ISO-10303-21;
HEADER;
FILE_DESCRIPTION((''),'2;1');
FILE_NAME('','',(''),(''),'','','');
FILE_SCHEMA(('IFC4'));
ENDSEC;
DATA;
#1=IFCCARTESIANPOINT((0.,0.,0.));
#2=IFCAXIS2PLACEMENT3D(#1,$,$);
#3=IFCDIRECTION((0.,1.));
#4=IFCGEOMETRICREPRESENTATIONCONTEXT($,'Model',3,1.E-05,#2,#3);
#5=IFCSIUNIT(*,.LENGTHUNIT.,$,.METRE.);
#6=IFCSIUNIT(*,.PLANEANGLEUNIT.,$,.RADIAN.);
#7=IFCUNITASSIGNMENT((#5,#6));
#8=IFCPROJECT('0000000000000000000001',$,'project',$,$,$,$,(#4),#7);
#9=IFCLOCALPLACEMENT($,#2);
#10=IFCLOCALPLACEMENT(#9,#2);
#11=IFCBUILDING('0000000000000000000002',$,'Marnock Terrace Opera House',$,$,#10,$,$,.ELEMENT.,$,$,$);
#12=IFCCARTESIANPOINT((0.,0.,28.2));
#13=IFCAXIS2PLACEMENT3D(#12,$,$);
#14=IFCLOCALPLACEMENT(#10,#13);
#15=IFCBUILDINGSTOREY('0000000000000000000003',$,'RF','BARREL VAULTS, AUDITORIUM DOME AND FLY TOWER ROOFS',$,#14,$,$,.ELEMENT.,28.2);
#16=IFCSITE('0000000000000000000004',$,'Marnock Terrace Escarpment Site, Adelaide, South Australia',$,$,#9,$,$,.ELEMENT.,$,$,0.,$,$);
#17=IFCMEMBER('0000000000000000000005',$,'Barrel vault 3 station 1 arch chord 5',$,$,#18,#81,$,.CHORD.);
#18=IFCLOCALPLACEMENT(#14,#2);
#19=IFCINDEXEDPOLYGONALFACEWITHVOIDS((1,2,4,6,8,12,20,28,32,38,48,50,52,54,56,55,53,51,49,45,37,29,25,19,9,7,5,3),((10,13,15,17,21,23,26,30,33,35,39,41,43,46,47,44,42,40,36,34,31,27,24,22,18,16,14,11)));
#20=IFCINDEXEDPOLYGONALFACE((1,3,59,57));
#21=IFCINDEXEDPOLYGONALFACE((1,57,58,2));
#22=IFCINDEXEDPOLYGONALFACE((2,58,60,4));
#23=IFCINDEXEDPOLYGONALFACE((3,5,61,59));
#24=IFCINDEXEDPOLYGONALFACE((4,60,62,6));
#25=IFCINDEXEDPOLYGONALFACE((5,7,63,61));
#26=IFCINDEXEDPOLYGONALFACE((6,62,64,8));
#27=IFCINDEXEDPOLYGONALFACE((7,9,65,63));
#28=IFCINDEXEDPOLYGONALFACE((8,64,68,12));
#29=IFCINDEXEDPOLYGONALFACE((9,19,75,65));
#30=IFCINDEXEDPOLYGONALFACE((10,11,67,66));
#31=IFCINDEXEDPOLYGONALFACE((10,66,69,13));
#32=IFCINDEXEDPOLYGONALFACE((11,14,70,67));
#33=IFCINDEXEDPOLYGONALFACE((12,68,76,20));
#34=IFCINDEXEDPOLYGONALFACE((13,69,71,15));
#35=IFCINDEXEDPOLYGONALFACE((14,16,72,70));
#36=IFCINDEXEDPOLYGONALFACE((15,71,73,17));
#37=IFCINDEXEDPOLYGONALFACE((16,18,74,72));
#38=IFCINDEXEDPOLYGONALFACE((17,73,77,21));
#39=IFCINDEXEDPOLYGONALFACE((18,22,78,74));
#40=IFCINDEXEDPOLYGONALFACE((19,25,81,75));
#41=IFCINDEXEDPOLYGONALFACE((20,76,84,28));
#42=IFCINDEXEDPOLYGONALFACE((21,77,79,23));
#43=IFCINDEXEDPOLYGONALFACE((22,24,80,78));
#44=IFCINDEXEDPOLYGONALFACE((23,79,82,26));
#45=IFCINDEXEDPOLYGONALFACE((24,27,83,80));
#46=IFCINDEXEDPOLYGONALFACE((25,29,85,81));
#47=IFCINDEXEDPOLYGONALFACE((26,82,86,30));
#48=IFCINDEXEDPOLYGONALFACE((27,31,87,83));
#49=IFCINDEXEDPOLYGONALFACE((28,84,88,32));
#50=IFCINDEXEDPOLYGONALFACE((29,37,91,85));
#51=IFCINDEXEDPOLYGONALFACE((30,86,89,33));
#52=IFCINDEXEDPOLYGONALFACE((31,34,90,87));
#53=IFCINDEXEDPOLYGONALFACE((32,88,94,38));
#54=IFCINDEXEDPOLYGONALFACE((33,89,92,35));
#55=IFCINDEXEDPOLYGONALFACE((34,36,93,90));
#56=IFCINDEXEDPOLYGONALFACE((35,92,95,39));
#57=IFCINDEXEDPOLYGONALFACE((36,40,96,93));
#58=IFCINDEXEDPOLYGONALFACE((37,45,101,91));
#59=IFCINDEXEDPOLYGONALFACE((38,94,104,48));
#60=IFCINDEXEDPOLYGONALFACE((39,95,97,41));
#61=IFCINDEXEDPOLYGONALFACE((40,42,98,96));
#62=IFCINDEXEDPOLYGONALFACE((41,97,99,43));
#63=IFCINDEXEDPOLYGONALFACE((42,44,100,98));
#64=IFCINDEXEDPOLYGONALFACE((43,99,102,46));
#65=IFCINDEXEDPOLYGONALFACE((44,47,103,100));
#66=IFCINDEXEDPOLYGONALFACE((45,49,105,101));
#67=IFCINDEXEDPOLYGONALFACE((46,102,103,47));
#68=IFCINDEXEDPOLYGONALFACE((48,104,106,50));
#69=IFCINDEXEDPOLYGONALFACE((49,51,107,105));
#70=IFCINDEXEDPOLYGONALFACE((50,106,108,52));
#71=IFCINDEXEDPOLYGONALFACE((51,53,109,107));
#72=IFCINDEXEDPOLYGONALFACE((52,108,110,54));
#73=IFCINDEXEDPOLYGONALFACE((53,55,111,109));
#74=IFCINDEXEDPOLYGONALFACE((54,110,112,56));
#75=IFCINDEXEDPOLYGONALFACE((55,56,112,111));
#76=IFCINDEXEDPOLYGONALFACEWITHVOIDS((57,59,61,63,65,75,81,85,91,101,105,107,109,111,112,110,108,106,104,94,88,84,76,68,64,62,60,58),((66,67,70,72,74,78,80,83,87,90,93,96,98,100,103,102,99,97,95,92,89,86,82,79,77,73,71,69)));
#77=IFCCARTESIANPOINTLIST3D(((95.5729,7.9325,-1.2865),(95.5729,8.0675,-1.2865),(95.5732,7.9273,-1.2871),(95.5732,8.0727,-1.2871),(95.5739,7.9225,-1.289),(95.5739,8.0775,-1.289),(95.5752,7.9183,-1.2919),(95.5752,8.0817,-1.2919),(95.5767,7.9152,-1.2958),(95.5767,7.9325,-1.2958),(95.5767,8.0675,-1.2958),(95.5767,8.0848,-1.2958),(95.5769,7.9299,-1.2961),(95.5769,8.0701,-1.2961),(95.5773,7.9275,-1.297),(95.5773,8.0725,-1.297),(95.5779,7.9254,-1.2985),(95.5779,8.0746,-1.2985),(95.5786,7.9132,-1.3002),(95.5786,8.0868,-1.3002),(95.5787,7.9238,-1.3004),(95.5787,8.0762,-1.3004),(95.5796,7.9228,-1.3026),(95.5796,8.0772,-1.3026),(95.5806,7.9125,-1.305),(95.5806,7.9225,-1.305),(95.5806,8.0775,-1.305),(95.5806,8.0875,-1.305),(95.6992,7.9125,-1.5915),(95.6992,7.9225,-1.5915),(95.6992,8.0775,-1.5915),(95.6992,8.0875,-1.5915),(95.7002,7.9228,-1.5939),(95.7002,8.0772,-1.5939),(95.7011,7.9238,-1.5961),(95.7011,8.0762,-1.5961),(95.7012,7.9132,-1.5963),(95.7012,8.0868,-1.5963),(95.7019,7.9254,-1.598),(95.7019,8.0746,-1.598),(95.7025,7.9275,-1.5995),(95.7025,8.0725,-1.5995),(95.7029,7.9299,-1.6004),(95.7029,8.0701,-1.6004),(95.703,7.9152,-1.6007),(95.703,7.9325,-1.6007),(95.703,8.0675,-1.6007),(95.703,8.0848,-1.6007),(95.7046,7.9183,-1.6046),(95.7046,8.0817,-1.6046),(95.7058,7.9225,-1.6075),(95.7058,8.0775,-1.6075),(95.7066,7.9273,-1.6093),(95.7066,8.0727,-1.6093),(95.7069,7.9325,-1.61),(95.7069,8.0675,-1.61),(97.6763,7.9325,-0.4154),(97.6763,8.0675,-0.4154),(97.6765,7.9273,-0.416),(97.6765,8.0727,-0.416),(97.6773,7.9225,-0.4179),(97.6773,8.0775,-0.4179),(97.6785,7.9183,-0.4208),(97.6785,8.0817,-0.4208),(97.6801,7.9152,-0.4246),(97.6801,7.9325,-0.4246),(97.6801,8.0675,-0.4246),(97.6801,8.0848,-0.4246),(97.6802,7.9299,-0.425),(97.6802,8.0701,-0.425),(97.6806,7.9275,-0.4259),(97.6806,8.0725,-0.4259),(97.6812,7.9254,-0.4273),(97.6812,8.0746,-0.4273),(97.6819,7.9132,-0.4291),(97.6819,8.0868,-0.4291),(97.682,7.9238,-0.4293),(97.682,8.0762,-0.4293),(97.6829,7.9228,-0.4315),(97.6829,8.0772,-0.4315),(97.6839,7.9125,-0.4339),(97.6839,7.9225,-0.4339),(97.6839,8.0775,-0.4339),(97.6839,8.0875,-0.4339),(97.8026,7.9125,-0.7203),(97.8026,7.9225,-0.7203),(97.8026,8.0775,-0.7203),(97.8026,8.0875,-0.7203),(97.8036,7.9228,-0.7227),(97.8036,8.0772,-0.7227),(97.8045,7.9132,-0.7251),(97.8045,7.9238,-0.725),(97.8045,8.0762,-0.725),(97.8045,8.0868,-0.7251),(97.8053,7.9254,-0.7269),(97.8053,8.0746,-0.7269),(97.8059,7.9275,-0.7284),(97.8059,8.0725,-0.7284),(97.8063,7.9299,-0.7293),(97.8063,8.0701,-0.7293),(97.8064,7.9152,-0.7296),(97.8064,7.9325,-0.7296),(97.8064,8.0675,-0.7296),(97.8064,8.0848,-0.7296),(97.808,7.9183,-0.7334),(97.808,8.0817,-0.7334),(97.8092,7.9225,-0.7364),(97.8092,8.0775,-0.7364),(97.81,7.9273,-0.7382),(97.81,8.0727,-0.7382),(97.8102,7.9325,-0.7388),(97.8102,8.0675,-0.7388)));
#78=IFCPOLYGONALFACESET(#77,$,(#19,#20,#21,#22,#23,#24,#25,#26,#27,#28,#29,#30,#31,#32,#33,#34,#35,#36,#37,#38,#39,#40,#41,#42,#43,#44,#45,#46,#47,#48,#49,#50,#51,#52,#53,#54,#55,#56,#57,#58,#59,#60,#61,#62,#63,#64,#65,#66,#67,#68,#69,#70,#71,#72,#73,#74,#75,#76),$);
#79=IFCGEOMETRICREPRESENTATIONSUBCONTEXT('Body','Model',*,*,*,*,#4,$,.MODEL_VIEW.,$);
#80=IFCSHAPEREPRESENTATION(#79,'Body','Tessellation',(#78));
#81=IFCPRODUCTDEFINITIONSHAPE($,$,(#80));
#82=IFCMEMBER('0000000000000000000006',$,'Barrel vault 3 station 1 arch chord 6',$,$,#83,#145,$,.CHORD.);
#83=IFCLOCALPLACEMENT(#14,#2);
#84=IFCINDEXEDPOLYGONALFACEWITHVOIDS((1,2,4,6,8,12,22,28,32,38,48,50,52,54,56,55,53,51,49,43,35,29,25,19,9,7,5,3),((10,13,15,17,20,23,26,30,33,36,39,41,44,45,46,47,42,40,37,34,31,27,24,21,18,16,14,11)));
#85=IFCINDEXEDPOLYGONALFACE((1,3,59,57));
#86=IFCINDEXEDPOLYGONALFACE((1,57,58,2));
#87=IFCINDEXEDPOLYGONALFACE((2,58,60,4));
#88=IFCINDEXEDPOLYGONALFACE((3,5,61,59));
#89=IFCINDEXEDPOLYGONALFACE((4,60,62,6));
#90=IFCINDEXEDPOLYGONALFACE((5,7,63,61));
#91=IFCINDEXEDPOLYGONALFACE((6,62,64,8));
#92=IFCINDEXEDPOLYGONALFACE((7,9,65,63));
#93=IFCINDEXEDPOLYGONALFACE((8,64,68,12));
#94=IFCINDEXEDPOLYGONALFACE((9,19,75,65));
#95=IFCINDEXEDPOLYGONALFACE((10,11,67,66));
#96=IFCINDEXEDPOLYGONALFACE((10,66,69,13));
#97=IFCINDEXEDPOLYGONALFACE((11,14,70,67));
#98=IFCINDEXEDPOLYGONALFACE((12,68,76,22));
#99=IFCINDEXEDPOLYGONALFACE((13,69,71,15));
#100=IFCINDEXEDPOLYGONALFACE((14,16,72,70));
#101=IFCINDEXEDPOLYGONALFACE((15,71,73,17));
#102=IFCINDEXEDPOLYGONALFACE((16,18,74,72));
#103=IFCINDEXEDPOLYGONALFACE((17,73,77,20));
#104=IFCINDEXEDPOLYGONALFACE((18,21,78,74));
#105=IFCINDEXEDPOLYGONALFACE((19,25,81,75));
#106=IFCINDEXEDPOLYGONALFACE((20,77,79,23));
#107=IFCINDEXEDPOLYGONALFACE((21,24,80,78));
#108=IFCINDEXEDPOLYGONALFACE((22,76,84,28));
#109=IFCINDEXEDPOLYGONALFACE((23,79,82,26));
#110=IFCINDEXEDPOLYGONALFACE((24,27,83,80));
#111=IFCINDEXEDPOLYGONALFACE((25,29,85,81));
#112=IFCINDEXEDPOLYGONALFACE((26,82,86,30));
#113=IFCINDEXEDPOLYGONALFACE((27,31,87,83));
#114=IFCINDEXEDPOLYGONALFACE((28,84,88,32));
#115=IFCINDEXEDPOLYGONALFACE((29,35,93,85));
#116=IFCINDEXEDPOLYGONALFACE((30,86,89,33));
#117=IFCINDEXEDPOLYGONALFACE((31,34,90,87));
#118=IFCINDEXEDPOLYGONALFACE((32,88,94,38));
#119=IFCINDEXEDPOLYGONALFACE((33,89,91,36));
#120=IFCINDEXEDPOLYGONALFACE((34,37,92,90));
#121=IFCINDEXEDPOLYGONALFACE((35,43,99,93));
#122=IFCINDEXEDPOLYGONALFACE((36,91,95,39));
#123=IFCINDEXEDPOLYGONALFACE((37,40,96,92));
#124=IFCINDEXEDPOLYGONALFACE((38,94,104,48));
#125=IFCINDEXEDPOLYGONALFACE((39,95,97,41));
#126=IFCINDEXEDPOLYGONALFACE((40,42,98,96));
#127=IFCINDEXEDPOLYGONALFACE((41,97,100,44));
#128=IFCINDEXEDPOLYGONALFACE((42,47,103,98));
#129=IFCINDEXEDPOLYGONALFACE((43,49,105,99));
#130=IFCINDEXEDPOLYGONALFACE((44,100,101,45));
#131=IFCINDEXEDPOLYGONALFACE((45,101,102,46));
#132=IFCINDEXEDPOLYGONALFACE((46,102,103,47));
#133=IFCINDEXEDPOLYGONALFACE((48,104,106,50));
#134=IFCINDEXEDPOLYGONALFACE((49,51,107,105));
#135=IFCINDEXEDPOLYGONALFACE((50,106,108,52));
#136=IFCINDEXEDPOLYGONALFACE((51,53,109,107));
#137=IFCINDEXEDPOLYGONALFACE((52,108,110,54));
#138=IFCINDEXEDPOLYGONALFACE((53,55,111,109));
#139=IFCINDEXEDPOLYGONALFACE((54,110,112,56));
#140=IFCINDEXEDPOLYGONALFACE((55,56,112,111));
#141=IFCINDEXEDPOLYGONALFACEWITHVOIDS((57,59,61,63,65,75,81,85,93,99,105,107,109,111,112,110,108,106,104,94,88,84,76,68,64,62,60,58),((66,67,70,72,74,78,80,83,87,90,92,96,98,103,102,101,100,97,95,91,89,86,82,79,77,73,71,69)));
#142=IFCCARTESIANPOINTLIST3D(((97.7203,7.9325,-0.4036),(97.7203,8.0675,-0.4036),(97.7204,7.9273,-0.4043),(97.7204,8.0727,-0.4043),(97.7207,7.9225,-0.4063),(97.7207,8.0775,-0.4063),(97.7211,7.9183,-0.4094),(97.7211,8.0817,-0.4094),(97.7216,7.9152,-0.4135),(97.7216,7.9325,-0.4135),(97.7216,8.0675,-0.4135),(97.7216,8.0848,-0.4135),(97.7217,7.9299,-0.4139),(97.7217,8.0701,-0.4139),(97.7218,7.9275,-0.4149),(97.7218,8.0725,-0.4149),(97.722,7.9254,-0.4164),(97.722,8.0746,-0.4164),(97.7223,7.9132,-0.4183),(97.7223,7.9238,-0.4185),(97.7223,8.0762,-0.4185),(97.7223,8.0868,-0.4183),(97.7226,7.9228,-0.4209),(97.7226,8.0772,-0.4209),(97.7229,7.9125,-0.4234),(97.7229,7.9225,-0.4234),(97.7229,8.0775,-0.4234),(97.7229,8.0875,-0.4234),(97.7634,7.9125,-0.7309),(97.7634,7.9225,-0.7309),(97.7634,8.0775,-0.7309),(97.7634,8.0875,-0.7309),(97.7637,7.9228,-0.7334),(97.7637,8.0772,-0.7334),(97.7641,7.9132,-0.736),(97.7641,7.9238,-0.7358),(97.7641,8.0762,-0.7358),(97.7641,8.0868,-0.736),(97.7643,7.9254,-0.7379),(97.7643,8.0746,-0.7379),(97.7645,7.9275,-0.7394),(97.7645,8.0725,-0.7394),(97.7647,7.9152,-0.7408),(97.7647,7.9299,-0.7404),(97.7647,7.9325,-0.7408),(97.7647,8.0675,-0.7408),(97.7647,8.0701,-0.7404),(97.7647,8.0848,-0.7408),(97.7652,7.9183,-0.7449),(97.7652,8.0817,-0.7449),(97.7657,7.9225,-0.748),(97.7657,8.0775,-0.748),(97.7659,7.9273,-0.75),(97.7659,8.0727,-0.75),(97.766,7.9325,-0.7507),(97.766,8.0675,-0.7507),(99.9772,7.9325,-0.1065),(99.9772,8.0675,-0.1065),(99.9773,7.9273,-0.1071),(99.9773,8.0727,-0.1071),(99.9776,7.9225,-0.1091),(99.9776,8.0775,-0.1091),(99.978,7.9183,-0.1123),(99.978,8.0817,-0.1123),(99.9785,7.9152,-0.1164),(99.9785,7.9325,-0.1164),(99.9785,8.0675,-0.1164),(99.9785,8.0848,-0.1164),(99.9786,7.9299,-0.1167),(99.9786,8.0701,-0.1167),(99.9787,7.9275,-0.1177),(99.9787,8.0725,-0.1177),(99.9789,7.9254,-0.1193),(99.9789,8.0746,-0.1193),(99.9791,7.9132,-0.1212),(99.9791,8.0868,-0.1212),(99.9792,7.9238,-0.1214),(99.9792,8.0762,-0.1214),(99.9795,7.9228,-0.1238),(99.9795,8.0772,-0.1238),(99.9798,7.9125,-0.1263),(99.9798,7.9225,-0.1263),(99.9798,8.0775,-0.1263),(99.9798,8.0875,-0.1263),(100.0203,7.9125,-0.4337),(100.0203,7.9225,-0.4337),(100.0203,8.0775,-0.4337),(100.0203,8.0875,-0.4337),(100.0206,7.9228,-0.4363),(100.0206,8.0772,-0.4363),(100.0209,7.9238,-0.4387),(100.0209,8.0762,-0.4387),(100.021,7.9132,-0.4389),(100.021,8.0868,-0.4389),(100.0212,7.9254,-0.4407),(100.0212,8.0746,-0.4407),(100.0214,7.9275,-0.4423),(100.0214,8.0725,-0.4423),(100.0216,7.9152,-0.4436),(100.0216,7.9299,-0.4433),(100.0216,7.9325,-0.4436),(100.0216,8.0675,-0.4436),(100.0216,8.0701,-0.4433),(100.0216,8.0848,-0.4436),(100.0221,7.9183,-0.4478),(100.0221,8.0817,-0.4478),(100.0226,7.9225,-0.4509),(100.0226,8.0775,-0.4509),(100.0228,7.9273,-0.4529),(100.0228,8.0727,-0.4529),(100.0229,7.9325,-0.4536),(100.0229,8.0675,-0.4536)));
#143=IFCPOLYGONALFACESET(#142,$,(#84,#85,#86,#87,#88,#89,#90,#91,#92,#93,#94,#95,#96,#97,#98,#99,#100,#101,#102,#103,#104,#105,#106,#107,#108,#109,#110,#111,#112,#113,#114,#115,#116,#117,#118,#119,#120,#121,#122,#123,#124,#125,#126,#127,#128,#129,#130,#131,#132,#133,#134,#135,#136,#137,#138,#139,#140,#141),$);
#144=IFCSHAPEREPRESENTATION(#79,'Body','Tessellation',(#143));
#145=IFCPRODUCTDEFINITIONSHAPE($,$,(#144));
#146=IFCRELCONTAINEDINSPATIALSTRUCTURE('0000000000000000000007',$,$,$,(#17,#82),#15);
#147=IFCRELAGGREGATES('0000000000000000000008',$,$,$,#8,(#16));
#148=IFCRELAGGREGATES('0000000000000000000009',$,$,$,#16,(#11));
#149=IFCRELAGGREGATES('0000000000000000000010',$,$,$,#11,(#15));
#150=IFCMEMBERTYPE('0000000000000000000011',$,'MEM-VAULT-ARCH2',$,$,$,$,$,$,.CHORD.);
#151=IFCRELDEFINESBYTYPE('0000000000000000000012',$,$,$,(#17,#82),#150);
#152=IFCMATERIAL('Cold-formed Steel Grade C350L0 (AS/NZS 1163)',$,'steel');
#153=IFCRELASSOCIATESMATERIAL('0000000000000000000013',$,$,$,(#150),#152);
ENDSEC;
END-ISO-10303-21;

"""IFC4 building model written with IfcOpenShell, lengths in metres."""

from ifc_helpers import new_model, si_unit, direction, frame, origin, origin_2d, place, context, subcontext, project, spatial, hollow_rectangle, extrude, material, material_profile, profile_set, type_object, element, save


model = new_model("IFC4")

# Units and contexts
model_context = context("Model", 3, precision=1e-05, world=origin(), true_north=direction((0.0, 1.0)))
body_context = subcontext(model_context, "Body", "Model", "MODEL_VIEW")
ifc_project = project(units=[si_unit("LENGTHUNIT", "METRE"), si_unit("PLANEANGLEUNIT", "RADIAN")], contexts=[model_context])

# Site, building, storey
site_placement = place(None, origin())
site = spatial("IfcSite", under=ifc_project, at=site_placement, Name="Marnock Terrace Escarpment Site, Adelaide, South Australia", CompositionType="ELEMENT", RefElevation=0.0)
building_placement = place(site_placement, origin())
building = spatial("IfcBuilding", under=site, at=building_placement, Name="Marnock Terrace Opera House", CompositionType="ELEMENT")
storey_placement = place(building_placement, frame((0.0, 0.0, 28.2)))
storey = spatial("IfcBuildingStorey", under=building, at=storey_placement, Name="RF", Description="BARREL VAULTS, AUDITORIUM DOME AND FLY TOWER ROOFS", CompositionType="ELEMENT", Elevation=28.2)

# Members
ifc_material_1 = material(Name="Cold-formed Steel Grade C350L0 (AS/NZS 1163)", Category="steel")
ifc_material_profile_1 = material_profile(ifc_material_1, hollow_rectangle(XDim=0.175, YDim=0.3501, WallThickness=0.01, InnerFilletRadius=0.01, OuterFilletRadius=0.02, at=origin_2d()))
ifc_profile_set_1 = profile_set([ifc_material_profile_1], Name="Cold-formed Steel Grade C350L0 (AS/NZS 1163)")
member_type_1 = type_object("IfcMemberType", Name="MEM-VAULT-ARCH2", PredefinedType="CHORD", material=ifc_profile_set_1)
member_1_placement = place(storey_placement, frame((95.6399, 8.0, -1.4482), z_axis=(0.923897, 0.0, 0.382642), x_axis=(0.0, 1.0, 0.0)))
element("IfcMember", 1, at=member_1_placement, inside=storey, type_object=member_type_1, Name="Barrel vault 3 station 1 arch chord 5", PredefinedType="CHORD", context=body_context, shape_type="SweptSolid", body=[
    extrude(hollow_rectangle(XDim=0.175, YDim=0.3501, WallThickness=0.01, InnerFilletRadius=0.01, OuterFilletRadius=0.02, at=origin_2d()), origin(), (0.0, 0.0, 1.0), 2.2766),
])
for number, where, z_axis, x_axis, name in (
    (2, (97.7432, 8.0, -0.5771), (0.991445, 0.0, 0.130527), (0.0, 1.0, 0.0), "Barrel vault 3 station 1 arch chord 6"),
):
    element("IfcMember", number, at=place(storey_placement, frame(where, z_axis=z_axis, x_axis=x_axis)), inside=storey, type_object=member_type_1, Name=name, PredefinedType="CHORD", context=body_context, shape_type="SweptSolid", body=[
        extrude(hollow_rectangle(XDim=0.175, YDim=0.3501, WallThickness=0.01, InnerFilletRadius=0.01, OuterFilletRadius=0.02, at=origin_2d()), origin(), (0.0, 0.0, 1.0), 2.2764),
    ])

save(model, "model.ifc")
